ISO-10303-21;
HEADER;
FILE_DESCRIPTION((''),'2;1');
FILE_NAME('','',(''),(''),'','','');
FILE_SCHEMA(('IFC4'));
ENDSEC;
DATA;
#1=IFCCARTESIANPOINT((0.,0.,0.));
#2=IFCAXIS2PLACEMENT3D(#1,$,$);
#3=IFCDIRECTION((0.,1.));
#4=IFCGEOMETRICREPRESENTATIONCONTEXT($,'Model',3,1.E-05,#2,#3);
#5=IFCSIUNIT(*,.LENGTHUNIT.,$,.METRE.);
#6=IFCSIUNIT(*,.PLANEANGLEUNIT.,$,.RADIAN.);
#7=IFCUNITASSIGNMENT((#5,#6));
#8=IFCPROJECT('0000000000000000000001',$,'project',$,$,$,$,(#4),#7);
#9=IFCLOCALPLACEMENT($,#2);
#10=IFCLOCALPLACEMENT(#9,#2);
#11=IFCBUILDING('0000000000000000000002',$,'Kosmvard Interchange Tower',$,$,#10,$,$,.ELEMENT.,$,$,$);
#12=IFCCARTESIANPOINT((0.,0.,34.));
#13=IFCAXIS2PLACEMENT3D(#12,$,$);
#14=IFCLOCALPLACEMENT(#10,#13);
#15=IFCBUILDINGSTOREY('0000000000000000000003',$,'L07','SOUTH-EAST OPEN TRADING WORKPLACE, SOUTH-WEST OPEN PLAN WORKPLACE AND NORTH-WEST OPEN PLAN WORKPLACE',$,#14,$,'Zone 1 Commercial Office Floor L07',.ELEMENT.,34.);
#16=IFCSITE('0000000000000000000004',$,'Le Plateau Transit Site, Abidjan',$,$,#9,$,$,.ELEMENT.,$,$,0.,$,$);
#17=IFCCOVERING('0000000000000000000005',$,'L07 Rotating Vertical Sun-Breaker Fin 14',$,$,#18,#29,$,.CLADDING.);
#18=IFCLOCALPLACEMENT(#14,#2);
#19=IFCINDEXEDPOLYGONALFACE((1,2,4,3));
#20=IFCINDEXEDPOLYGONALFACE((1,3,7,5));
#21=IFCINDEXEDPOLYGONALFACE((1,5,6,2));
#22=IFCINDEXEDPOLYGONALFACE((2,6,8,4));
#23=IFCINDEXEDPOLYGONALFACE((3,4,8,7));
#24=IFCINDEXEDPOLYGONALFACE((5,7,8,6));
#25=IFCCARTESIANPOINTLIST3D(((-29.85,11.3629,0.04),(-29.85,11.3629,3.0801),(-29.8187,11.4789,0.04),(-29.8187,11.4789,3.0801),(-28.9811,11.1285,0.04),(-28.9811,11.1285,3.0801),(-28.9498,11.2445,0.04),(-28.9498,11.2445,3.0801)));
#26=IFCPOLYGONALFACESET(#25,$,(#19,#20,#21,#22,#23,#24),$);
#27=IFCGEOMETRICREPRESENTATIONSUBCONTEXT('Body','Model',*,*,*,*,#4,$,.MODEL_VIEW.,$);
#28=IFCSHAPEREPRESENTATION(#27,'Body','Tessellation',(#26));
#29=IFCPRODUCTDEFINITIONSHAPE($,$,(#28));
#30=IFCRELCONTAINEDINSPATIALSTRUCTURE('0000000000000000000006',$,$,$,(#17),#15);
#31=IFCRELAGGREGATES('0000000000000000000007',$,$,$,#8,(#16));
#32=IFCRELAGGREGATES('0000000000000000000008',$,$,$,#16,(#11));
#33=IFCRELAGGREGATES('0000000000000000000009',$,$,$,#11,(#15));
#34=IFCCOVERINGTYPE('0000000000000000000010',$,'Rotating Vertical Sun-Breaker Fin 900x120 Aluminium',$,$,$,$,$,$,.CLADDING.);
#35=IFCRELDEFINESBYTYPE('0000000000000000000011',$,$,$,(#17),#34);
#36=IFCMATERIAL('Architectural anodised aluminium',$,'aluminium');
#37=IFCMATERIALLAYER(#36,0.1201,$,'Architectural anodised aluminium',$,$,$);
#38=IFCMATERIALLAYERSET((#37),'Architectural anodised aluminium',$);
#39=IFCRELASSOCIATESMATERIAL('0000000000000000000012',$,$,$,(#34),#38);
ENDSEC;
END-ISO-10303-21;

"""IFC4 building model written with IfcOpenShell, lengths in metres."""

from ifc_helpers import new_model, si_unit, direction, frame, origin, origin_2d, place, context, subcontext, project, spatial, rectangle, extrude, source, transform, mapped, material, layer, layer_set, type_object, element, save


model = new_model("IFC4")

# Units and contexts
model_context = context("Model", 3, precision=1e-05, world=origin(), true_north=direction((0.0, 1.0)))
body_context = subcontext(model_context, "Body", "Model", "MODEL_VIEW")
ifc_project = project(units=[si_unit("LENGTHUNIT", "METRE"), si_unit("PLANEANGLEUNIT", "RADIAN")], contexts=[model_context])

# Site, building, storey
site_placement = place(None, origin())
site = spatial("IfcSite", under=ifc_project, at=site_placement, Name="Le Plateau Transit Site, Abidjan", CompositionType="ELEMENT", RefElevation=0.0)
building_placement = place(site_placement, origin())
building = spatial("IfcBuilding", under=site, at=building_placement, Name="Kosmvard Interchange Tower", CompositionType="ELEMENT")
storey_placement = place(building_placement, frame((0.0, 0.0, 34.0)))
storey = spatial("IfcBuildingStorey", under=building, at=storey_placement, Name="L07", Description="SOUTH-EAST OPEN TRADING WORKPLACE, SOUTH-WEST OPEN PLAN WORKPLACE AND NORTH-WEST OPEN PLAN WORKPLACE", LongName="Zone 1 Commercial Office Floor L07", CompositionType="ELEMENT", Elevation=34.0)

# Covering
ifc_material_1 = material(Name="Architectural anodised aluminium", Category="aluminium")
ifc_layer_1 = layer(ifc_material_1, 0.1201, Name="Architectural anodised aluminium")
ifc_layer_set_1 = layer_set([ifc_layer_1], Name="Architectural anodised aluminium")
covering_type = type_object("IfcCoveringType", Name="Rotating Vertical Sun-Breaker Fin 900x120 Aluminium", PredefinedType="CLADDING", material=ifc_layer_set_1)
shared_shape_1 = source(origin(), body_context, "Body", "SweptSolid", [
    extrude(rectangle(XDim=0.8999, YDim=0.1201, at=origin_2d()), origin(), (0.0, 0.0, 1.0), 3.04),
])
for number, where, z_axis, x_axis, name in (
    (1, (-29.3999, 11.3037, 0.04), (0.0, 0.0, 1.0), (-0.965473, 0.260505, 0.0), "L07 Rotating Vertical Sun-Breaker Fin 14"),
):
    element("IfcCovering", number, at=place(storey_placement, frame(where, z_axis=z_axis, x_axis=x_axis)), inside=storey, type_object=covering_type, Name=name, PredefinedType="CLADDING", context=body_context, shape_type="MappedRepresentation", body=[
        mapped(shared_shape_1, transform((0.0, 0.0, 0.0), scale=1.0)),
    ])

save(model, "model.ifc")
